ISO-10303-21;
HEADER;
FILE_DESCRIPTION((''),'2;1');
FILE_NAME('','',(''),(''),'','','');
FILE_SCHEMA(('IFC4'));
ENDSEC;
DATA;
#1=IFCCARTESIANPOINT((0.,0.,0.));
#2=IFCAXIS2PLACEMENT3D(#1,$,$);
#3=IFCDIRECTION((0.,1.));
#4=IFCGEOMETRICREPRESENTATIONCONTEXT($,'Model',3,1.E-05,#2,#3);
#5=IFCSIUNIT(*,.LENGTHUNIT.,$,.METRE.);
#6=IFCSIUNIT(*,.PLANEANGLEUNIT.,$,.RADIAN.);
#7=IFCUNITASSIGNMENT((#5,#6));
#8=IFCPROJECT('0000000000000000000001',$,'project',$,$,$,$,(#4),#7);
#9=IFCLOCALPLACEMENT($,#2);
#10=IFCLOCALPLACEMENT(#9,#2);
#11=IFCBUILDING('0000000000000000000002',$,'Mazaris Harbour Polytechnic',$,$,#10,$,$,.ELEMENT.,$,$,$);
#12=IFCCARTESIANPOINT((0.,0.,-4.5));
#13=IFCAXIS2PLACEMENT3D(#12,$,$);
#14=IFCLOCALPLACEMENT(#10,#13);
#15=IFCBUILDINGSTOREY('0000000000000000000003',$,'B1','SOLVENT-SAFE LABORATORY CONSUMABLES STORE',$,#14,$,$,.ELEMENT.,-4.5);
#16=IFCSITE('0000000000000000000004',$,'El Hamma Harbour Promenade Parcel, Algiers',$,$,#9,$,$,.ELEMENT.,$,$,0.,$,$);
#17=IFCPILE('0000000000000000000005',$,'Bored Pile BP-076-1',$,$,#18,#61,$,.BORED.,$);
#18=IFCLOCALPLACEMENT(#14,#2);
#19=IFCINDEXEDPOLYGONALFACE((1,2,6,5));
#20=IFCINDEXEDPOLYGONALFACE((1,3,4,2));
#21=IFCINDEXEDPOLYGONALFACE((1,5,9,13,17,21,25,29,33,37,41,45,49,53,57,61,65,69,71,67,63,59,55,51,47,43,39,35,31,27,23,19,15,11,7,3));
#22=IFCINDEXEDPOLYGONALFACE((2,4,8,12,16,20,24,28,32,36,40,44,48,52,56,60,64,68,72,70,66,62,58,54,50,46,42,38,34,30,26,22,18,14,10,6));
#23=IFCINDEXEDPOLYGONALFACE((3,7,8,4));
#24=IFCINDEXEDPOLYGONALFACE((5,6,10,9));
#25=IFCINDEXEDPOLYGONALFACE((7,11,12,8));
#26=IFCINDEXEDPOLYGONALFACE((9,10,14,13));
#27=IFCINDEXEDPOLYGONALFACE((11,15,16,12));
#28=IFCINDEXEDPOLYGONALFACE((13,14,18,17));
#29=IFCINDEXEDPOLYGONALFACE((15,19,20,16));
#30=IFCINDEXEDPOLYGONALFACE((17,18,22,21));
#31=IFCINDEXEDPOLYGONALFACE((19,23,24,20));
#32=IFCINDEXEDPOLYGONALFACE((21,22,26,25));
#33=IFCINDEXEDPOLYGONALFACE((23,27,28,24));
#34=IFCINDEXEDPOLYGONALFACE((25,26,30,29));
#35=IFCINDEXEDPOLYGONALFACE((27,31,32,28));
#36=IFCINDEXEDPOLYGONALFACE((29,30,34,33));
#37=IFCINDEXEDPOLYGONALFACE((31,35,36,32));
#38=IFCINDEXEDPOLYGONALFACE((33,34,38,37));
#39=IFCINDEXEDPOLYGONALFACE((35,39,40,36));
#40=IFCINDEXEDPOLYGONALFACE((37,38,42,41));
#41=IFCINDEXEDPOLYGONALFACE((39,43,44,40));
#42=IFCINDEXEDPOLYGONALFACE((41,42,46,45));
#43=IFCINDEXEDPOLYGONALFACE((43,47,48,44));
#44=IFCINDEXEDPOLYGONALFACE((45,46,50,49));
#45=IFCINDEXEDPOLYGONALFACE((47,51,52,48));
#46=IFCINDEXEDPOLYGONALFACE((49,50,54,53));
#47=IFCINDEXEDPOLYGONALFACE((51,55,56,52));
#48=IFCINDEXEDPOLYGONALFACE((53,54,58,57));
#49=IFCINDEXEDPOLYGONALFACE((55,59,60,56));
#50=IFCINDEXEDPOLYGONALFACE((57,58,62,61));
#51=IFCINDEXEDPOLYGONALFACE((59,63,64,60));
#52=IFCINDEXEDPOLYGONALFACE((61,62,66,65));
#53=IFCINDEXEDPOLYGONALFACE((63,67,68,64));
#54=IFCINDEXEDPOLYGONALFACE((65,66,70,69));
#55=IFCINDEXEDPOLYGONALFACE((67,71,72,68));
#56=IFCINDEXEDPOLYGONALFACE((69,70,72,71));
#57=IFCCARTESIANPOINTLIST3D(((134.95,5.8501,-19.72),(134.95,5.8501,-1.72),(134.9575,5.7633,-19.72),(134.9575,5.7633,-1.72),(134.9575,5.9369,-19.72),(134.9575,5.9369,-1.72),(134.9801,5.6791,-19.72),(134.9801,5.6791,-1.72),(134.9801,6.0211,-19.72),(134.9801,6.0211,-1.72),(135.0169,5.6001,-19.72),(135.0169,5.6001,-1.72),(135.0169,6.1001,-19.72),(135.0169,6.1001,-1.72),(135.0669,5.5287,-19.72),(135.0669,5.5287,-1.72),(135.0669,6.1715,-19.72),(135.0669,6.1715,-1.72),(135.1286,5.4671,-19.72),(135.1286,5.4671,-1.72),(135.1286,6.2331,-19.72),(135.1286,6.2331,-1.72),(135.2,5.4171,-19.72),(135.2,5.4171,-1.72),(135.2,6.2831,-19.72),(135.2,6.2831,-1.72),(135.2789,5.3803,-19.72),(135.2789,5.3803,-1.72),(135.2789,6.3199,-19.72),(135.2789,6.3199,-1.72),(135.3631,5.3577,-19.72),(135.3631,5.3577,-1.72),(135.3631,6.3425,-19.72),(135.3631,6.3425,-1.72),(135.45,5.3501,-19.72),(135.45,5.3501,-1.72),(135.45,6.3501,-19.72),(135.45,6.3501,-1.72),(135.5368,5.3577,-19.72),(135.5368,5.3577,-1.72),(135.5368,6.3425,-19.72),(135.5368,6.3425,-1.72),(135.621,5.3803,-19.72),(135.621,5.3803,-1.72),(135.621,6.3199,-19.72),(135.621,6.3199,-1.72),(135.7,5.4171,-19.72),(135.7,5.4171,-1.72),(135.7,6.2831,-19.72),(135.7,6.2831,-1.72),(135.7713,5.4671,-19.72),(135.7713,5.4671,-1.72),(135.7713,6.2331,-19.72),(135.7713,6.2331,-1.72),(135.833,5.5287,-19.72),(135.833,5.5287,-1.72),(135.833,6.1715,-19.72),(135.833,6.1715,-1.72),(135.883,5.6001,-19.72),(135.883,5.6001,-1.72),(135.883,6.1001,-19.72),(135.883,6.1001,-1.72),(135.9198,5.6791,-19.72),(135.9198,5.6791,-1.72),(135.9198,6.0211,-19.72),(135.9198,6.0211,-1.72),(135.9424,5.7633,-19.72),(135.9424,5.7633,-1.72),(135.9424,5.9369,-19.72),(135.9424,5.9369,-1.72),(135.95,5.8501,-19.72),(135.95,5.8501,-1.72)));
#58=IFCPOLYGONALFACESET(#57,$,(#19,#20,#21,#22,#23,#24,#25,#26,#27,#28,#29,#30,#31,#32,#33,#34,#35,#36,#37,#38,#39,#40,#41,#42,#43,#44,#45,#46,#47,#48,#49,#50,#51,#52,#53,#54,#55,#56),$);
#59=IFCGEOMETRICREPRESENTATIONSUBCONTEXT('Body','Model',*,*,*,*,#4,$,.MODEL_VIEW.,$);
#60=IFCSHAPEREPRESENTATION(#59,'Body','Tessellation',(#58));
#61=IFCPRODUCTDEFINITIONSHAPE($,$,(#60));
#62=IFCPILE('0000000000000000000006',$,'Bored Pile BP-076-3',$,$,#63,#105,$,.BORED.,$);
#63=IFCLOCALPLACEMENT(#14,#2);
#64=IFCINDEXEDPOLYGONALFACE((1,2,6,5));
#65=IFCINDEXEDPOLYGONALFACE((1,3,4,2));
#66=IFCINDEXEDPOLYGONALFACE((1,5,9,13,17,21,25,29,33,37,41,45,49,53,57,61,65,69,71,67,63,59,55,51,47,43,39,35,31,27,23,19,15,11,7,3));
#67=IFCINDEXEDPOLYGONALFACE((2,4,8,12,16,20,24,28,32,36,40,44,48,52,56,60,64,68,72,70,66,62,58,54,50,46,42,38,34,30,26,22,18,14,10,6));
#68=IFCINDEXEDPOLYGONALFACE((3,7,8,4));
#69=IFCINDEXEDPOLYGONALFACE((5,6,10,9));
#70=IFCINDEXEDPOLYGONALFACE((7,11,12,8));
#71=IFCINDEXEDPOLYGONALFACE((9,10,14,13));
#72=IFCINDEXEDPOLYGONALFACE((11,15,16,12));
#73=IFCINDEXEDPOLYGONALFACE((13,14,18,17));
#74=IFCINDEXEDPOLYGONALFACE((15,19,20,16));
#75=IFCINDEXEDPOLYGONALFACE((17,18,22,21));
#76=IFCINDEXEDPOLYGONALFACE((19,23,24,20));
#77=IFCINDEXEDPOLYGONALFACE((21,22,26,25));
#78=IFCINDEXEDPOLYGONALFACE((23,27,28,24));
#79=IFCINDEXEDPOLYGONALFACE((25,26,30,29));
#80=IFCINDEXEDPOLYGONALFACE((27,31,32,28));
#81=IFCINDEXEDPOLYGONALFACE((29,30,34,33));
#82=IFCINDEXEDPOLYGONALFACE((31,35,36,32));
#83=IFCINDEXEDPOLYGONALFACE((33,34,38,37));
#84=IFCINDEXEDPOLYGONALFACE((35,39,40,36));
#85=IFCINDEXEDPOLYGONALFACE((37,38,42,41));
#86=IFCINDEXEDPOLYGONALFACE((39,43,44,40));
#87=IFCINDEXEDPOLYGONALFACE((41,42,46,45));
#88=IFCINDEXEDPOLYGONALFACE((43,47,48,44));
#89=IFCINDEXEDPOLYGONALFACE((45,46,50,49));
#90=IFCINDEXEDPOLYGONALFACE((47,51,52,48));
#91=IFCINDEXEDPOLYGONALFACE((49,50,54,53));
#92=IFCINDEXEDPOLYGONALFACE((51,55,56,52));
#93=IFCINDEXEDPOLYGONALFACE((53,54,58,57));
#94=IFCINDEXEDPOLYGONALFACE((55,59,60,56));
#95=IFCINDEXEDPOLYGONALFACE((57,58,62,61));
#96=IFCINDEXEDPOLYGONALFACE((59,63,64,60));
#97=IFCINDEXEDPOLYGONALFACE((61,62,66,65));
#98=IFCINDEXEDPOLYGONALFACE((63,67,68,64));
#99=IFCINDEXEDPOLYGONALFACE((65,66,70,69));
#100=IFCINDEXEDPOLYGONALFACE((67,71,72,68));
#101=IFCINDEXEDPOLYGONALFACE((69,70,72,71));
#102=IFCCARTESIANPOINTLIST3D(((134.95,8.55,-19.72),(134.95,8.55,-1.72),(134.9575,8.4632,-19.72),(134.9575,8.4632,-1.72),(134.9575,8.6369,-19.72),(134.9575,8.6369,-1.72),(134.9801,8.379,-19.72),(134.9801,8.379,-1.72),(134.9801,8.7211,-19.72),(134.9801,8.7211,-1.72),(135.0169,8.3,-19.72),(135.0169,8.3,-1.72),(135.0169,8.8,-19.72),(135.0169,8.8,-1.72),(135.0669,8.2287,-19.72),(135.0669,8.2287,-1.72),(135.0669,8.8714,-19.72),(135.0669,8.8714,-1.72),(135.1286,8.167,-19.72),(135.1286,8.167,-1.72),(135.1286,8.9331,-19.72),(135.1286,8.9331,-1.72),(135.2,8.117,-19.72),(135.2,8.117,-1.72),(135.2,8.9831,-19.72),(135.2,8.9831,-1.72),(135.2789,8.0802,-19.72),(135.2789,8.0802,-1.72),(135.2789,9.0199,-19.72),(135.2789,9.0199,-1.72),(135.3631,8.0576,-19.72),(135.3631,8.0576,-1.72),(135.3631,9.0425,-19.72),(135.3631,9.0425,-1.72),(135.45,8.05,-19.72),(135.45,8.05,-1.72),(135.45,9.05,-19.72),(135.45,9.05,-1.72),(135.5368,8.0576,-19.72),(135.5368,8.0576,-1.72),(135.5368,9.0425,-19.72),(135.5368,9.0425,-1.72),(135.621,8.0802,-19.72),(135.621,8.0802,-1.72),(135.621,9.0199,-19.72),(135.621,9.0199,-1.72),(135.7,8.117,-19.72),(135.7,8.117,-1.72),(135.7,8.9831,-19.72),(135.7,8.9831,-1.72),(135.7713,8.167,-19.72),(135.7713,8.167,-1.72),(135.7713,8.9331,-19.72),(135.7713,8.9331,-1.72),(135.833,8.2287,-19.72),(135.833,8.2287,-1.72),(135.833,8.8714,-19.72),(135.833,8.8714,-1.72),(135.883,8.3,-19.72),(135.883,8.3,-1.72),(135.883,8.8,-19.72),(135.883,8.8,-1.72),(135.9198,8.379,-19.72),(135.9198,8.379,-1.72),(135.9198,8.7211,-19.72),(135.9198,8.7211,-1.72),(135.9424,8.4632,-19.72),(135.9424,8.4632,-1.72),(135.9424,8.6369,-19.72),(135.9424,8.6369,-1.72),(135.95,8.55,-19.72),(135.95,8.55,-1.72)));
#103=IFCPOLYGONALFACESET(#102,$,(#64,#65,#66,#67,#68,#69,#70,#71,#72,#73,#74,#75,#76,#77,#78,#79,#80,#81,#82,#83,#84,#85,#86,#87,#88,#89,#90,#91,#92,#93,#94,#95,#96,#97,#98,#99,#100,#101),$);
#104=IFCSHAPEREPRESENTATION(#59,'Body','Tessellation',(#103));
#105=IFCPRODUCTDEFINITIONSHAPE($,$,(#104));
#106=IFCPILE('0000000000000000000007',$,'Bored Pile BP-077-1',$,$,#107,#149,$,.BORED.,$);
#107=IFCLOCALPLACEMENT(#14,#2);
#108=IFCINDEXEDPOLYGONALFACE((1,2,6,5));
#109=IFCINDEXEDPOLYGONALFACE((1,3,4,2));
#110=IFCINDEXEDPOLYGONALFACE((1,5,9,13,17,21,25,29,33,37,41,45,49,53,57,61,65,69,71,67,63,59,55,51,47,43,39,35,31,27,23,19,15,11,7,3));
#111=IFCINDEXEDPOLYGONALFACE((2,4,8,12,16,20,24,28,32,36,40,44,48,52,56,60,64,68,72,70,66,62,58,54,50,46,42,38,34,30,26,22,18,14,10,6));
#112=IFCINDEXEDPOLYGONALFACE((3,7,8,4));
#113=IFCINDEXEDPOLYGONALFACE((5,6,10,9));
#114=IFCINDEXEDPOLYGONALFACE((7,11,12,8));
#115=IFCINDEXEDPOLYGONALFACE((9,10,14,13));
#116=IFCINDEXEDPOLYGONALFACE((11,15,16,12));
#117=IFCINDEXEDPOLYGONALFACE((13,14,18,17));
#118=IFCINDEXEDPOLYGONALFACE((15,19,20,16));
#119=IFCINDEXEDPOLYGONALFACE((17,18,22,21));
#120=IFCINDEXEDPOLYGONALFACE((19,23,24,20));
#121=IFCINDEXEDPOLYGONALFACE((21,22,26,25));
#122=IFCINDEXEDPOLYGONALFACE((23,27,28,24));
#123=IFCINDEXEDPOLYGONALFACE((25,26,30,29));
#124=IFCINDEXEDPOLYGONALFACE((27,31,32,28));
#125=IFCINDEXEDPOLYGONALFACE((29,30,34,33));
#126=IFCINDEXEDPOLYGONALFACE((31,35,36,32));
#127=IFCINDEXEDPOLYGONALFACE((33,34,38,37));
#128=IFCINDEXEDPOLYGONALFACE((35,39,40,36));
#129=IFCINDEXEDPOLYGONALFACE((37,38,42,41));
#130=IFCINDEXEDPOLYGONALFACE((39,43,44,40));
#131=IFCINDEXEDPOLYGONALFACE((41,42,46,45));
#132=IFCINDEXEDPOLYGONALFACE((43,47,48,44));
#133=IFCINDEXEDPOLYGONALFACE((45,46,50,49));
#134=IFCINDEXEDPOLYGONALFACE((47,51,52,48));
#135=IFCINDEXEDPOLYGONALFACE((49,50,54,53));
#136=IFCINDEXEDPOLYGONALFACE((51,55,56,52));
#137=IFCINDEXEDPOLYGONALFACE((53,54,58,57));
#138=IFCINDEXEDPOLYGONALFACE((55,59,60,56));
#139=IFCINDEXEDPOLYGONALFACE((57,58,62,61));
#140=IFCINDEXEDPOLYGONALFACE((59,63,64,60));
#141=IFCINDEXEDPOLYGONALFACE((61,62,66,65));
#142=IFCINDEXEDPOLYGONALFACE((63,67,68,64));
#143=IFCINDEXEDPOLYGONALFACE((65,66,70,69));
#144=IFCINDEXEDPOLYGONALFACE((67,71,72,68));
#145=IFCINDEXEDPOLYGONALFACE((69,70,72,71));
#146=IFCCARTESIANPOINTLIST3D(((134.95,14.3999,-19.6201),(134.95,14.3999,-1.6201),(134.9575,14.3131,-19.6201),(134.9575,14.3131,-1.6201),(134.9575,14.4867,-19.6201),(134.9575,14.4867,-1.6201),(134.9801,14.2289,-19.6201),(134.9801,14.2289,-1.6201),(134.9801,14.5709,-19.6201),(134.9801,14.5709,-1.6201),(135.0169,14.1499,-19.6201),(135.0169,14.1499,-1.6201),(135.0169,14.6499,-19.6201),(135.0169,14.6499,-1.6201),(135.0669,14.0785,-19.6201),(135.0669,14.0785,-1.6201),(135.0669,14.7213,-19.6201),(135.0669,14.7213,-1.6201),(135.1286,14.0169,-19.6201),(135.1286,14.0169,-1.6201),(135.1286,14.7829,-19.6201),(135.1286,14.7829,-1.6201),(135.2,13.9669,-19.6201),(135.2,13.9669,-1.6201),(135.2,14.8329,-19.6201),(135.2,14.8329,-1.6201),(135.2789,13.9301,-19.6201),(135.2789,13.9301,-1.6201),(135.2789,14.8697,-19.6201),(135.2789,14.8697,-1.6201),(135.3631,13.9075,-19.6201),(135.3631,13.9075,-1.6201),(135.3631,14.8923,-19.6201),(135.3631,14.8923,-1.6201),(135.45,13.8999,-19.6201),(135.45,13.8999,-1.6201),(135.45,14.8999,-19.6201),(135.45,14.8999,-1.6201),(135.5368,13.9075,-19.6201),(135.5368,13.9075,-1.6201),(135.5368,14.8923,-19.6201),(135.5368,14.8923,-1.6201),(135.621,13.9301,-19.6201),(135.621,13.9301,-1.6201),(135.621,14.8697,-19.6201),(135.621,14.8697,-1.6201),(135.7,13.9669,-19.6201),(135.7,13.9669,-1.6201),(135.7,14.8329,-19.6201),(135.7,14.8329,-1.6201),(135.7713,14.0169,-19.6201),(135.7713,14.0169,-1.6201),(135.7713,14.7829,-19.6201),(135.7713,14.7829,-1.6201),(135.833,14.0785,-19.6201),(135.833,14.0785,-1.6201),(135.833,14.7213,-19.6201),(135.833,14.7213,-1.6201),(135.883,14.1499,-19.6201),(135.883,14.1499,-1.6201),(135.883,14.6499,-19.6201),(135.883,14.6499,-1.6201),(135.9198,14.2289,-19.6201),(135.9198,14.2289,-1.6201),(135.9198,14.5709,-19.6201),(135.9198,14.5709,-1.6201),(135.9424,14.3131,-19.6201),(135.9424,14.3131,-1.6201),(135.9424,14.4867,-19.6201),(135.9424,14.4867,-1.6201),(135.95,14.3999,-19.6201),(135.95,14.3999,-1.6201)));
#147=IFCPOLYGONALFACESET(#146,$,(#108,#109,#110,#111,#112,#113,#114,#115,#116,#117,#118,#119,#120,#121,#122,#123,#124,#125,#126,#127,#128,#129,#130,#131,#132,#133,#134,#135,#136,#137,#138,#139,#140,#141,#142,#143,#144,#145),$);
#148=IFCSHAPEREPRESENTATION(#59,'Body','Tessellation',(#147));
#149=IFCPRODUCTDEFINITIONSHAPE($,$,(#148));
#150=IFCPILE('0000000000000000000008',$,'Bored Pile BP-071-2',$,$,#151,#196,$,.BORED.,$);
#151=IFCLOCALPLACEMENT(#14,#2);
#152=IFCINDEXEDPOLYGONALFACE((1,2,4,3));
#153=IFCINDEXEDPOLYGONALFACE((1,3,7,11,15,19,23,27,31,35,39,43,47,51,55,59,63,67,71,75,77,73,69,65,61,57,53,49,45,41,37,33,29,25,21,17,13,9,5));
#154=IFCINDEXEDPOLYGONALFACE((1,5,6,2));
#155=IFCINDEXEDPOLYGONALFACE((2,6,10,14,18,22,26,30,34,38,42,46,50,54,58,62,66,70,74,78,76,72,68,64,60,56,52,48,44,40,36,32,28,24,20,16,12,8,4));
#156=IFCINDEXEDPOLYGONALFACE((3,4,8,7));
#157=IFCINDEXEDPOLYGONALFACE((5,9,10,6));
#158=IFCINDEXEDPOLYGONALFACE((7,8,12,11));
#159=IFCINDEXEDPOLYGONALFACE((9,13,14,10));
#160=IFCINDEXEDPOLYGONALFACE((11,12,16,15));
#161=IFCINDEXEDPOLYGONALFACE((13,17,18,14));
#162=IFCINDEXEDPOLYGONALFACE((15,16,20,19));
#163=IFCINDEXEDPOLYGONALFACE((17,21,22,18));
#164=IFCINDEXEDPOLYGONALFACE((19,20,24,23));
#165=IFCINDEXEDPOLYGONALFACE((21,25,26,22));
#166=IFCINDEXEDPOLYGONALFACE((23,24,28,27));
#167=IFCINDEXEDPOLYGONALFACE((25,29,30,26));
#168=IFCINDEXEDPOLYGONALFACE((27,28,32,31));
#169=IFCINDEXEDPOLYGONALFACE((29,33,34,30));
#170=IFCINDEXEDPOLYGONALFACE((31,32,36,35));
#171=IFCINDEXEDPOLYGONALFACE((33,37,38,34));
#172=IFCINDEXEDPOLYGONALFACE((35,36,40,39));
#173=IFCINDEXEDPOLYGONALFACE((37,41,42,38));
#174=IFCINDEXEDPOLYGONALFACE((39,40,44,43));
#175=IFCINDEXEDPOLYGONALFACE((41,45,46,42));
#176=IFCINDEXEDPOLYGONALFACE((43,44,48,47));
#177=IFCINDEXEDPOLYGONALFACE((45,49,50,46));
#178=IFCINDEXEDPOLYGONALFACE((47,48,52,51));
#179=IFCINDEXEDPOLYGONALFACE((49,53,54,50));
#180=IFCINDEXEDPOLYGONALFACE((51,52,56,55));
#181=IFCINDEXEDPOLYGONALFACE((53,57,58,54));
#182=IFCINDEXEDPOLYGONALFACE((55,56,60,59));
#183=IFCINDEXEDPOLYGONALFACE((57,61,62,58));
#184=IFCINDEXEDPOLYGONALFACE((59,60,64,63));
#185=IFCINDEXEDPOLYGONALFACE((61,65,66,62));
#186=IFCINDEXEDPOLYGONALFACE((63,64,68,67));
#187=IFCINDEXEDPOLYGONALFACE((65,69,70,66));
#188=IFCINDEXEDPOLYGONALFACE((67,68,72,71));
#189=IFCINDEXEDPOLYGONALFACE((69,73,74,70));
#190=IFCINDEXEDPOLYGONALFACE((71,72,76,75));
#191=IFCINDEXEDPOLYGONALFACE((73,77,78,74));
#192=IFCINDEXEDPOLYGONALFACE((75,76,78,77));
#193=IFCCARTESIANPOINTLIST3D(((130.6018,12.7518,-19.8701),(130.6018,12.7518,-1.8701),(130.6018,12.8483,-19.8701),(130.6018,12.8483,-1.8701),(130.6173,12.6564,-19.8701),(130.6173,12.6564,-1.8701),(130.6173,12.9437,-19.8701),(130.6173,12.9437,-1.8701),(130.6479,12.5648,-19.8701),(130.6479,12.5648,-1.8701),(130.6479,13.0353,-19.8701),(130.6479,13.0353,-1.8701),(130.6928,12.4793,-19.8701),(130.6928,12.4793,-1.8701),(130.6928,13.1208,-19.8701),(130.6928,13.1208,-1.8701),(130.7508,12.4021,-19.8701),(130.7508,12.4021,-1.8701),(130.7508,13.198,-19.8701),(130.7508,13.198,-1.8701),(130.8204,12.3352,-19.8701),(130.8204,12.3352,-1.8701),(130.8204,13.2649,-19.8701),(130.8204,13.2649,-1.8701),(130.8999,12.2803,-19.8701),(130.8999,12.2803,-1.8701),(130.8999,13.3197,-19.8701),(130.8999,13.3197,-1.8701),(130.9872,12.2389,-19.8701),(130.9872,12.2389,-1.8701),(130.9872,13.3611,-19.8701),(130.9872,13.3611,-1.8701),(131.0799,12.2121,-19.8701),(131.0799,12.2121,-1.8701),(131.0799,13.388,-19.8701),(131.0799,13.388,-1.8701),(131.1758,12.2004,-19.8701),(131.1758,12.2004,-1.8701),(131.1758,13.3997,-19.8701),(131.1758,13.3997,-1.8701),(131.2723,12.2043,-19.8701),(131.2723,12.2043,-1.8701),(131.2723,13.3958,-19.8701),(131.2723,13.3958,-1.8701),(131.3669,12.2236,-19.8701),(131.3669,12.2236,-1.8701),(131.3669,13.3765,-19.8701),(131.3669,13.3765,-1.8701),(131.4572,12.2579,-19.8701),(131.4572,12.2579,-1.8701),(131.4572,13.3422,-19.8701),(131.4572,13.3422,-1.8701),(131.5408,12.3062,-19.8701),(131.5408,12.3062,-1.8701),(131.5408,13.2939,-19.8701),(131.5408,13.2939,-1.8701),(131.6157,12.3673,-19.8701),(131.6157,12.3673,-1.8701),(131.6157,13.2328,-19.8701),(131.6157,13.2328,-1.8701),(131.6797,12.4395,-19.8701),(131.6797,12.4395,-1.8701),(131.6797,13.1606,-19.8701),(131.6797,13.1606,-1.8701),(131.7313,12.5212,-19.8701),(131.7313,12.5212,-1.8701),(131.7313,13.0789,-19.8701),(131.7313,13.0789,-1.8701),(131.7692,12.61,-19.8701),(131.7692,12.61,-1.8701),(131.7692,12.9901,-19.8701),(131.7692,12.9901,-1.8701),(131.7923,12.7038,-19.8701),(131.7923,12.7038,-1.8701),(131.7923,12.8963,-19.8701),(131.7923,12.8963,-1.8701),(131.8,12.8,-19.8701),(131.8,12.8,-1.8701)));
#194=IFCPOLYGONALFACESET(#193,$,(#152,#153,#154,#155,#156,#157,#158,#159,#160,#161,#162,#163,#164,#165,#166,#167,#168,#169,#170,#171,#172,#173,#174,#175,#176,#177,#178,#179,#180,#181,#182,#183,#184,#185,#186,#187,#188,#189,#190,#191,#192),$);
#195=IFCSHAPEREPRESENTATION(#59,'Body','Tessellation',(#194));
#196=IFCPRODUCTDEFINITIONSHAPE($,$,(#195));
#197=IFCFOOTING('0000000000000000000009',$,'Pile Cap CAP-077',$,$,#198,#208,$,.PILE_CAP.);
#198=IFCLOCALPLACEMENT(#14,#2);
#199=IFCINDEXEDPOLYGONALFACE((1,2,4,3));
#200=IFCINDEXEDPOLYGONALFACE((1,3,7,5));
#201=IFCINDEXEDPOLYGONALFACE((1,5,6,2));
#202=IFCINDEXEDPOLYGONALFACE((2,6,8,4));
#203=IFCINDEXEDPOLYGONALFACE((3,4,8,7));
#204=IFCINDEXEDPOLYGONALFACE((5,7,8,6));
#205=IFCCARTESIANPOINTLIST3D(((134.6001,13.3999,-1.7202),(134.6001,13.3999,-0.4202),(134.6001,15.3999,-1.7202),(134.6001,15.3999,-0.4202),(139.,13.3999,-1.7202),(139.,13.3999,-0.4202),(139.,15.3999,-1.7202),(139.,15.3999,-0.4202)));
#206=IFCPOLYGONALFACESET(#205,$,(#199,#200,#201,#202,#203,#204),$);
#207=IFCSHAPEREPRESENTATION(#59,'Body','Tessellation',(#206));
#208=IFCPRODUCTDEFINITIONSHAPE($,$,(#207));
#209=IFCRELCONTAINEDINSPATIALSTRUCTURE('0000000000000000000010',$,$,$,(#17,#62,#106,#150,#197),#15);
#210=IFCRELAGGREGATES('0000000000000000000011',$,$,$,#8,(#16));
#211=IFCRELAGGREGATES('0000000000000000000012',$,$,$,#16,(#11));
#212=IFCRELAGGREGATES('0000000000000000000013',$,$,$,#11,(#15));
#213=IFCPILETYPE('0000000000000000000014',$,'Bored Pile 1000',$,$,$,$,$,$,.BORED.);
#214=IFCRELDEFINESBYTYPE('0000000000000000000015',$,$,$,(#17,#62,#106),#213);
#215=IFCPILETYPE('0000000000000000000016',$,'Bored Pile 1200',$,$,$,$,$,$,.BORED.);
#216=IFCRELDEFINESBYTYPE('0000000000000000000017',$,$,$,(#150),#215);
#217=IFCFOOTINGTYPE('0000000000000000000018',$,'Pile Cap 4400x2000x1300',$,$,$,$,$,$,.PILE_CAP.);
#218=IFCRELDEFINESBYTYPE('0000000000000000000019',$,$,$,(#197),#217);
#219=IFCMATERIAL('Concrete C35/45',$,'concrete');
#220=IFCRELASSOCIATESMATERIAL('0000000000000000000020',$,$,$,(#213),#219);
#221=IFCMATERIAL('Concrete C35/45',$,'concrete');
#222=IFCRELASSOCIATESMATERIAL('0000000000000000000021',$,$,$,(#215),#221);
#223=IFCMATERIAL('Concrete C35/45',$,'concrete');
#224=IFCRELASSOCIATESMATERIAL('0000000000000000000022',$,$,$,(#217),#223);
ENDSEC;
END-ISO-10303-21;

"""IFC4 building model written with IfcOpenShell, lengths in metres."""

from ifc_helpers import new_model, si_unit, direction, frame, origin, origin_2d, place, context, subcontext, project, spatial, rectangle, circle, extrude, material, material_profile, profile_set, type_object, element, save


model = new_model("IFC4")

# Units and contexts
model_context = context("Model", 3, precision=1e-05, world=origin(), true_north=direction((0.0, 1.0)))
body_context = subcontext(model_context, "Body", "Model", "MODEL_VIEW")
ifc_project = project(units=[si_unit("LENGTHUNIT", "METRE"), si_unit("PLANEANGLEUNIT", "RADIAN")], contexts=[model_context])

# Site, building, storey
site_placement = place(None, origin())
site = spatial("IfcSite", under=ifc_project, at=site_placement, Name="El Hamma Harbour Promenade Parcel, Algiers", CompositionType="ELEMENT", RefElevation=0.0)
building_placement = place(site_placement, origin())
building = spatial("IfcBuilding", under=site, at=building_placement, Name="Mazaris Harbour Polytechnic", CompositionType="ELEMENT")
storey_placement = place(building_placement, frame((0.0, 0.0, -4.5)))
storey = spatial("IfcBuildingStorey", under=building, at=storey_placement, Name="B1", Description="SOLVENT-SAFE LABORATORY CONSUMABLES STORE", CompositionType="ELEMENT", Elevation=-4.5)

# Piles
ifc_material_1 = material(Name="Concrete C35/45", Category="concrete")
ifc_material_profile_1 = material_profile(ifc_material_1, circle(Radius=0.5, at=origin_2d()), Name="DIA1000")
ifc_profile_set_1 = profile_set([ifc_material_profile_1], Name="Concrete C35/45")
pile_type_1 = type_object("IfcPileType", Name="Bored Pile 1000", PredefinedType="BORED", material=ifc_profile_set_1)
for number, where, z_axis, x_axis, name in (
    (1, (135.45, 5.8501, -1.72), (0.0, 0.0, -1.0), (1.0, 0.0, 0.0), "Bored Pile BP-076-1"),
    (2, (135.45, 8.55, -1.72), (0.0, 0.0, -1.0), (1.0, 0.0, 0.0), "Bored Pile BP-076-3"),
    (3, (135.45, 14.3999, -1.6201), (0.0, 0.0, -1.0), (1.0, 0.0, 0.0), "Bored Pile BP-077-1"),
):
    element("IfcPile", number, at=place(storey_placement, frame(where, z_axis=z_axis, x_axis=x_axis)), inside=storey, type_object=pile_type_1, Name=name, PredefinedType="BORED", context=body_context, shape_type="SweptSolid", body=[
        extrude(circle(Radius=0.5, at=origin_2d()), origin(), (0.0, 0.0, 1.0), 18.0),
    ])
ifc_material_2 = material(Name="Concrete C35/45", Category="concrete")
ifc_material_profile_2 = material_profile(ifc_material_2, circle(Radius=0.6001, at=origin_2d()), Name="DIA1200")
ifc_profile_set_2 = profile_set([ifc_material_profile_2], Name="Concrete C35/45")
pile_type_2 = type_object("IfcPileType", Name="Bored Pile 1200", PredefinedType="BORED", material=ifc_profile_set_2)
pile_placement = place(storey_placement, frame((131.2, 12.8, -1.8701), z_axis=(0.0, 0.0, -1.0), x_axis=(1.0, 0.0, 0.0)))
element("IfcPile", 4, at=pile_placement, inside=storey, type_object=pile_type_2, Name="Bored Pile BP-071-2", PredefinedType="BORED", context=body_context, shape_type="SweptSolid", body=[
    extrude(circle(Radius=0.6001, at=origin_2d()), origin(), (0.0, 0.0, 1.0), 18.0),
])

# Footing
ifc_material_3 = material(Name="Concrete C35/45", Category="concrete")
footing_type_1 = type_object("IfcFootingType", Name="Pile Cap 4400x2000x1300", PredefinedType="PILE_CAP", material=ifc_material_3)
footing_1_placement = place(storey_placement, frame((136.8, 14.3999, -1.7202), z_axis=(0.0, 0.0, 1.0), x_axis=(1.0, 0.0, 0.0)))
element("IfcFooting", 5, at=footing_1_placement, inside=storey, type_object=footing_type_1, Name="Pile Cap CAP-077", PredefinedType="PILE_CAP", context=body_context, shape_type="SweptSolid", body=[
    extrude(rectangle(XDim=4.3999, YDim=2.0, at=origin_2d()), origin(), (0.0, 0.0, 1.0), 1.3),
])

save(model, "model.ifc")
